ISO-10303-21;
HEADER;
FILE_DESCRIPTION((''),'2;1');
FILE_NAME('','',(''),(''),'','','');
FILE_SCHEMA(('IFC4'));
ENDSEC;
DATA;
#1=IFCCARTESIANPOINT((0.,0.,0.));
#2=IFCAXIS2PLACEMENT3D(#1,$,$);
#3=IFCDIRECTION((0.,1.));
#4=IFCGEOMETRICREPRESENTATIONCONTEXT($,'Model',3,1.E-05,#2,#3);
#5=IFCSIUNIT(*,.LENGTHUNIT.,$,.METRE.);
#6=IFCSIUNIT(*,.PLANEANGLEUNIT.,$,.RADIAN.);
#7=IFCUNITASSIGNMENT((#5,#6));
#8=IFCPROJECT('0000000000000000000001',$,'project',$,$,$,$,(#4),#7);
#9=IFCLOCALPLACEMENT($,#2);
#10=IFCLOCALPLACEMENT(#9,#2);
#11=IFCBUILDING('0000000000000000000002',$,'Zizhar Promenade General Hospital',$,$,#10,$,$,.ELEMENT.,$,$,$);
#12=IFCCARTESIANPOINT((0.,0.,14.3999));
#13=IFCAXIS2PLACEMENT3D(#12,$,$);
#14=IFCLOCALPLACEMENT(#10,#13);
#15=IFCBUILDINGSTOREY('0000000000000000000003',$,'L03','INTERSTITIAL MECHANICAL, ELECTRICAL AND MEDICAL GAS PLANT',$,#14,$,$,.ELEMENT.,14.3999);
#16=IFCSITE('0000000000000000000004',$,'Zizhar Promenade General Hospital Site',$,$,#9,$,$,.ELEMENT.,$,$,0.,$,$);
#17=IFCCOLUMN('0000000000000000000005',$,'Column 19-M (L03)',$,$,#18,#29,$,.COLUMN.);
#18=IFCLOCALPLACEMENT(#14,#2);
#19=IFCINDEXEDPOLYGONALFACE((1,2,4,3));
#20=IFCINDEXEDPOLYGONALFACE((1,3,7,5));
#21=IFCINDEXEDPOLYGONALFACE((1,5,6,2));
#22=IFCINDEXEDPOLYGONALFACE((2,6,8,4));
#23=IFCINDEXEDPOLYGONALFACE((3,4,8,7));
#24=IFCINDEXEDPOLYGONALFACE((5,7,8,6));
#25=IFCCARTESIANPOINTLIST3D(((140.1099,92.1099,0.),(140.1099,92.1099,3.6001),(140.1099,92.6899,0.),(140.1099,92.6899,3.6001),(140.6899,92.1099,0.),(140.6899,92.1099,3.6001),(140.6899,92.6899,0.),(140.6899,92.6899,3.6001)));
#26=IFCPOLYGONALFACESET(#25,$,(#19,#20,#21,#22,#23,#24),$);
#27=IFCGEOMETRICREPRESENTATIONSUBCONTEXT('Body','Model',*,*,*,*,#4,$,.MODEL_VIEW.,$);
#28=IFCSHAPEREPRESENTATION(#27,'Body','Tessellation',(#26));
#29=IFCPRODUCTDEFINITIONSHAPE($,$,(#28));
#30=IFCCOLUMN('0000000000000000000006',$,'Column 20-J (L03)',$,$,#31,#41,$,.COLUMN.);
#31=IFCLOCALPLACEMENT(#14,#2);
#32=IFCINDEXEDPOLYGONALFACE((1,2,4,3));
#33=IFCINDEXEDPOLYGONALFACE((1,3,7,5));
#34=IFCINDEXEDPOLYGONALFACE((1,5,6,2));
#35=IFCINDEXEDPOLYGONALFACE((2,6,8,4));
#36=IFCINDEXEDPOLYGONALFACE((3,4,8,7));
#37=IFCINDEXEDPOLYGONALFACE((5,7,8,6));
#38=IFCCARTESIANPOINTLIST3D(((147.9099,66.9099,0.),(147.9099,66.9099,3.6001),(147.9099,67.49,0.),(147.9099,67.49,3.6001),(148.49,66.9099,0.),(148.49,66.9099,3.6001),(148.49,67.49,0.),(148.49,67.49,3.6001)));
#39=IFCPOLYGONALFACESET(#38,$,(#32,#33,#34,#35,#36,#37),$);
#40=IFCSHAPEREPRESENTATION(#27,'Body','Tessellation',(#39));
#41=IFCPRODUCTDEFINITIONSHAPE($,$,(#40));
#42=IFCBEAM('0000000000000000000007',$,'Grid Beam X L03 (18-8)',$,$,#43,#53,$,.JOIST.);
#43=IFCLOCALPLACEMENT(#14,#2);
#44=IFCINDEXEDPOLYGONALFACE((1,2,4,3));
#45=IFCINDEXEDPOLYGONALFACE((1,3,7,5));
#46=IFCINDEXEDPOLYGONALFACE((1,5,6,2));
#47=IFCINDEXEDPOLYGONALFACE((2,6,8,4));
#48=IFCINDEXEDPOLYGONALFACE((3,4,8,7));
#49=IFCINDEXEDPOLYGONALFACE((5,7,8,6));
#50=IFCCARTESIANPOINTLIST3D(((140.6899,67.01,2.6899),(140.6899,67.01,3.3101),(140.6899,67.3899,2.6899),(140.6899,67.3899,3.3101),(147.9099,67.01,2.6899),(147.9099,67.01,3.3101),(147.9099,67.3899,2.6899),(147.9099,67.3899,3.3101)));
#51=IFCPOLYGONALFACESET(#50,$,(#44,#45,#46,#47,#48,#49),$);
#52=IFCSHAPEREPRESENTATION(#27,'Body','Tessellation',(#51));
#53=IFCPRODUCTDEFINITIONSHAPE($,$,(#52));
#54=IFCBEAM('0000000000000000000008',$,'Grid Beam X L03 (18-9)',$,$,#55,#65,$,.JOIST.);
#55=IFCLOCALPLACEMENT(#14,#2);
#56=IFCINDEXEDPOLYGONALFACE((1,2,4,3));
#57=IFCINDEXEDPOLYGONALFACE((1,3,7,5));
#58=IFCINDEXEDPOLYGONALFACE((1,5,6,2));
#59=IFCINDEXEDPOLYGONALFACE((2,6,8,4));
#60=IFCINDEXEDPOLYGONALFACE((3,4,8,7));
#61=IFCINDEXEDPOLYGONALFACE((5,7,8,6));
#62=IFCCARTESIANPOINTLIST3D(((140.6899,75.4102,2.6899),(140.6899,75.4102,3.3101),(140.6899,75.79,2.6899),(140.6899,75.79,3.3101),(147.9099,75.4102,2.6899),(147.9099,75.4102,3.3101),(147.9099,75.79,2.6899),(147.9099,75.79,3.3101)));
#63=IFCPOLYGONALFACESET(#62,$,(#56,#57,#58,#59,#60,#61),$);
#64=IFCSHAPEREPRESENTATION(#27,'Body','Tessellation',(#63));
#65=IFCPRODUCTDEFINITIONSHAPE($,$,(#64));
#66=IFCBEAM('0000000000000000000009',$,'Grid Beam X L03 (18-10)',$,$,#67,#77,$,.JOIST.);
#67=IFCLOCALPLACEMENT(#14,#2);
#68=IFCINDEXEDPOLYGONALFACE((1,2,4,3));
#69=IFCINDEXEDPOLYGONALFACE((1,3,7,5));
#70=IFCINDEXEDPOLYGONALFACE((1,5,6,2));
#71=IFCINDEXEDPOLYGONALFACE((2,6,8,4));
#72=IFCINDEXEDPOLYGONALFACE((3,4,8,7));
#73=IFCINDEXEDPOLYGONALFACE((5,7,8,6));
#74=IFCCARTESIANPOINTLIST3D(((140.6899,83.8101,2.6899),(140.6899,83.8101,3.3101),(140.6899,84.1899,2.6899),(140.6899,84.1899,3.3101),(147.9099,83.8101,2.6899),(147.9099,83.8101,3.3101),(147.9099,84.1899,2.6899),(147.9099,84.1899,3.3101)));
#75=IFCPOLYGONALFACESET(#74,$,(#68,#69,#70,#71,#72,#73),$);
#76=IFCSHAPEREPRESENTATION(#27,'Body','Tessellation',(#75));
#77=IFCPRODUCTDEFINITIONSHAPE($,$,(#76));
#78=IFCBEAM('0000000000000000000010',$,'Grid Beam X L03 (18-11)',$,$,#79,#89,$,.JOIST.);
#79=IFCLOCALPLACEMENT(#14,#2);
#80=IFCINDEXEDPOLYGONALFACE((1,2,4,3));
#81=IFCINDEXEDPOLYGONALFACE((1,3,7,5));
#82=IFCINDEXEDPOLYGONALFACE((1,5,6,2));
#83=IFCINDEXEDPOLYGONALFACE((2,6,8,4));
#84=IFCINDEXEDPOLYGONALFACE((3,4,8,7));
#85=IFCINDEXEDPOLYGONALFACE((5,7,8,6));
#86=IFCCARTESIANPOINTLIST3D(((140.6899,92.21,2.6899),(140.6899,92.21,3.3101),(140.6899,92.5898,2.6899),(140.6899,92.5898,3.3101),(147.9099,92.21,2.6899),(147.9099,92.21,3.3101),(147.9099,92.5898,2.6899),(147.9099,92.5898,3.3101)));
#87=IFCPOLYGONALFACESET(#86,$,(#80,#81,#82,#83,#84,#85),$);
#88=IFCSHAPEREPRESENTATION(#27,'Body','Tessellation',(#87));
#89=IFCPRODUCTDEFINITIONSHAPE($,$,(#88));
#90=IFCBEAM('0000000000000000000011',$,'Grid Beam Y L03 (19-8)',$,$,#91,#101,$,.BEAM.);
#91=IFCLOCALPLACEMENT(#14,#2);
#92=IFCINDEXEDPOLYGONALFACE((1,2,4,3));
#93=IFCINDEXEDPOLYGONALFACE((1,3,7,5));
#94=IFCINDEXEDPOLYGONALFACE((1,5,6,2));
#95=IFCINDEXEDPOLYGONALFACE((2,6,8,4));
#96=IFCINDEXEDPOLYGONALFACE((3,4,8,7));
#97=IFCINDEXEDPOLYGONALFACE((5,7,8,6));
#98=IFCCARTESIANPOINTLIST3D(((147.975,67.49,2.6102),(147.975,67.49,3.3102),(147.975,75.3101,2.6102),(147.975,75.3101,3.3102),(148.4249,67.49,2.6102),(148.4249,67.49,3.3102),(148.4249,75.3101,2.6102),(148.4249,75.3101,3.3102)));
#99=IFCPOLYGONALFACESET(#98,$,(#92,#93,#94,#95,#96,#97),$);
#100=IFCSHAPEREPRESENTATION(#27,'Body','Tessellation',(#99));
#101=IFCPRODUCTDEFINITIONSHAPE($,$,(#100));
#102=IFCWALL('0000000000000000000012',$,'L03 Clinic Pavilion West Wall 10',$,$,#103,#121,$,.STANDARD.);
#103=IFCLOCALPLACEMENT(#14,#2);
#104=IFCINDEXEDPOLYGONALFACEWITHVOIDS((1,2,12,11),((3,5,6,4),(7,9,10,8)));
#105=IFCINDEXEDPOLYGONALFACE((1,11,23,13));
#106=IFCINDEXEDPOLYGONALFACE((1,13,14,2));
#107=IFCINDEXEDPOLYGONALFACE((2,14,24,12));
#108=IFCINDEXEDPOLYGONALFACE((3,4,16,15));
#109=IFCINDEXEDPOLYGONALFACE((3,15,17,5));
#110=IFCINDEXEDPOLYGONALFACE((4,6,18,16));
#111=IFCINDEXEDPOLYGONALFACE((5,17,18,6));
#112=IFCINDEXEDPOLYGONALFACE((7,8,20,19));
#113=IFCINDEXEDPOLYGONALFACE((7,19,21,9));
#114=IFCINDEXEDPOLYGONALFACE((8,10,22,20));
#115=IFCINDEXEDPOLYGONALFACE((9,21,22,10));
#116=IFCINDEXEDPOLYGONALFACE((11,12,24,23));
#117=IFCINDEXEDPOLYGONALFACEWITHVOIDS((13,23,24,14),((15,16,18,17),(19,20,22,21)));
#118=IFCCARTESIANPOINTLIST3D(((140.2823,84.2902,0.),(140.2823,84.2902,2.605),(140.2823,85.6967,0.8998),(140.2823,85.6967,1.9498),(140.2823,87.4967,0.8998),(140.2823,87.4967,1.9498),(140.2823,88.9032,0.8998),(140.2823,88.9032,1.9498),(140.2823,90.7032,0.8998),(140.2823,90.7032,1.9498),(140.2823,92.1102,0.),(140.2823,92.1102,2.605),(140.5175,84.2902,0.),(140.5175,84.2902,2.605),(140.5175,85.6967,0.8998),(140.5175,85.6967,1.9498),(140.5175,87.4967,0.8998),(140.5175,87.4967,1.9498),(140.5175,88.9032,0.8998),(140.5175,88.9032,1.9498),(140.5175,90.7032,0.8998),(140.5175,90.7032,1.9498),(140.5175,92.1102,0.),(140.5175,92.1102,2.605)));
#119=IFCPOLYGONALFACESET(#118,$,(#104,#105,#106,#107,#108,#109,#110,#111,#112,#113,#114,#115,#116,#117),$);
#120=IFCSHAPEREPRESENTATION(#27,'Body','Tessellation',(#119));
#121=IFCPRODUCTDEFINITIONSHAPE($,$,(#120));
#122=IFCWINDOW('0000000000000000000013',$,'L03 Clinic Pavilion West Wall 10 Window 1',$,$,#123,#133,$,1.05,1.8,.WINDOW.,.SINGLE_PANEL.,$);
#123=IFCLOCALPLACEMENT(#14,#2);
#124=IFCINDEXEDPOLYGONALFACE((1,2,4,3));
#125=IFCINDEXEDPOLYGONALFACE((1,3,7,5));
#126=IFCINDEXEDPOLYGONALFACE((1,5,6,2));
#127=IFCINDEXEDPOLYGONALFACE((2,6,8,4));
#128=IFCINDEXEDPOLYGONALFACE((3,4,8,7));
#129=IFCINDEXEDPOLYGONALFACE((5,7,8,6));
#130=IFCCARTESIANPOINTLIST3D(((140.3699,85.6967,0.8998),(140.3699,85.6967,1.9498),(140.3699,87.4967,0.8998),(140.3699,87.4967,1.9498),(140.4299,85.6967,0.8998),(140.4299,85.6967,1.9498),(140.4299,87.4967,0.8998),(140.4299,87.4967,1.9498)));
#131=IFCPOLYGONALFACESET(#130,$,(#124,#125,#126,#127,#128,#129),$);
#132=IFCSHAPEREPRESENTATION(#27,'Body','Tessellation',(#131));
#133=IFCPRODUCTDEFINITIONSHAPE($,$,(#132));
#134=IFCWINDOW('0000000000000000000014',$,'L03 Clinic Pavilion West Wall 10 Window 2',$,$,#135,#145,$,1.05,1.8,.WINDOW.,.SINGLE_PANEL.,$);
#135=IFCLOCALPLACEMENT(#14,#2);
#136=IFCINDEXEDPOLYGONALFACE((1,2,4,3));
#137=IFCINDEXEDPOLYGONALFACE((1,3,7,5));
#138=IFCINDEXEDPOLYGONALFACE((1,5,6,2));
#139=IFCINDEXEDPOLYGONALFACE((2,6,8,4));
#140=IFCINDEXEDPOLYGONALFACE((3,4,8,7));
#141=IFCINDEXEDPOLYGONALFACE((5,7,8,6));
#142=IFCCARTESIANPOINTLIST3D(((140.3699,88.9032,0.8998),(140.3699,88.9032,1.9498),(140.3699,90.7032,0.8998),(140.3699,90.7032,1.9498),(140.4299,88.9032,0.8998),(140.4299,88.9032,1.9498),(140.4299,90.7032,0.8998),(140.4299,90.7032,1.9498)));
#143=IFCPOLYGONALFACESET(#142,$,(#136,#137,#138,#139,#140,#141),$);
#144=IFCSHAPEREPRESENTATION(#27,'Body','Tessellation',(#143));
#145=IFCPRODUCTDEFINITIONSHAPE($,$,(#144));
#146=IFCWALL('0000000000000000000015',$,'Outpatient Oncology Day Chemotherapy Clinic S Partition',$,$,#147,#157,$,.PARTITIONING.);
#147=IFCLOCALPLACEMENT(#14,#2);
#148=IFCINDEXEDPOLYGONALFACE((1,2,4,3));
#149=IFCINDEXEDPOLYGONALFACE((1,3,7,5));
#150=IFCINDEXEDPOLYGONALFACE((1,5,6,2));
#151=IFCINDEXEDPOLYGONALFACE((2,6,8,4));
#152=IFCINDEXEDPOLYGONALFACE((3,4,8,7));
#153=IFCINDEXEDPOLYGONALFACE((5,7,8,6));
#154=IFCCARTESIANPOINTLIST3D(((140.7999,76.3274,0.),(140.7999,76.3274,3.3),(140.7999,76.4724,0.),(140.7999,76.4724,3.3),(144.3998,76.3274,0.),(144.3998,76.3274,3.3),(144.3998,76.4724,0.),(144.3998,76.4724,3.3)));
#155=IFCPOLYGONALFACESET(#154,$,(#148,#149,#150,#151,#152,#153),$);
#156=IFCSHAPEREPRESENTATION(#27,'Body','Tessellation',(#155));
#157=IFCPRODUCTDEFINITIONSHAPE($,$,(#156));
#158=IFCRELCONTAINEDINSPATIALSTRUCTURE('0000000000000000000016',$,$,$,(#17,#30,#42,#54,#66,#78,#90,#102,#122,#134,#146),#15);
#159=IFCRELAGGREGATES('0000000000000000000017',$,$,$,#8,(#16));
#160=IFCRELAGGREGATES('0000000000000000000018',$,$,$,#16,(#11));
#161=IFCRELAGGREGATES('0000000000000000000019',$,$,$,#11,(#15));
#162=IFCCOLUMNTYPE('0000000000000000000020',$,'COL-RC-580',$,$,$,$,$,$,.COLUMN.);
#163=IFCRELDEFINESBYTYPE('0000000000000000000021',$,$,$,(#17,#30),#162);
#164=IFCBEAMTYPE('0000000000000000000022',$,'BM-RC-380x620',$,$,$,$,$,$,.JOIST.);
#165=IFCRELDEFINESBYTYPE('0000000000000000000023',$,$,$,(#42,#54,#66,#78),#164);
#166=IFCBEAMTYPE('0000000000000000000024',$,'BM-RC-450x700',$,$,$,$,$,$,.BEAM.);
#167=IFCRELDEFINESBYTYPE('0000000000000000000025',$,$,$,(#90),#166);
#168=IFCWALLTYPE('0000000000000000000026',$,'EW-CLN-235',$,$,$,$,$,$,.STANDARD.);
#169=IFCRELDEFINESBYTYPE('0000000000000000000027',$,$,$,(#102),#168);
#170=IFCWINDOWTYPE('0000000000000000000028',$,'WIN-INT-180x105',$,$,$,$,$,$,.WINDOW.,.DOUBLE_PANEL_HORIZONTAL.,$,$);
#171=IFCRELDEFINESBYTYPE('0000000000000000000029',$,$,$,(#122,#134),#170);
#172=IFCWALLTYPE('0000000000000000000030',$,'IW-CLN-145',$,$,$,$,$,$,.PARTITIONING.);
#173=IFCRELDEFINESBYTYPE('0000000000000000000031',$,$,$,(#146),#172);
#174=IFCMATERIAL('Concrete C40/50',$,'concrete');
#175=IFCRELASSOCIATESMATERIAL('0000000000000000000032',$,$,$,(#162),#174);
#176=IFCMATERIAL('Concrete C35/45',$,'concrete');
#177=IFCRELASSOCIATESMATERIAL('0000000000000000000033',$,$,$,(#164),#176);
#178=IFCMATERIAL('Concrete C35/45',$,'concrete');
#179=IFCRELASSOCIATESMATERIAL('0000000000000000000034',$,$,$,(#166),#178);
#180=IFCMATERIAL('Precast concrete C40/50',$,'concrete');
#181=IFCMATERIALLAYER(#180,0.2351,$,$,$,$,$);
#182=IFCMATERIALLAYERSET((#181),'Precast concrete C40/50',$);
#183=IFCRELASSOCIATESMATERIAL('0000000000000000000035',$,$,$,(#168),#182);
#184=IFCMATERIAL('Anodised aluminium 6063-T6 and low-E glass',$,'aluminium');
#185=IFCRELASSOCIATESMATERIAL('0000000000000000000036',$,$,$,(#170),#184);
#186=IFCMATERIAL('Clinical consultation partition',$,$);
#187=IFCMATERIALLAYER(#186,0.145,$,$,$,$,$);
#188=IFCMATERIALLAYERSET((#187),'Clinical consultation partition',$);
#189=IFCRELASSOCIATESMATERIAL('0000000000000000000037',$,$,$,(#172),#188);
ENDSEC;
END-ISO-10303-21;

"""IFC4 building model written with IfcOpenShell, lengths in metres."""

from ifc_helpers import new_model, si_unit, direction, frame, frame_2d, origin, origin_2d, place, context, subcontext, project, spatial, rectangle, extrude, material, layer, layer_set, material_profile, profile_set, type_object, element, fill, save


model = new_model("IFC4")

# Units and contexts
model_context = context("Model", 3, precision=1e-05, world=origin(), true_north=direction((0.0, 1.0)))
body_context = subcontext(model_context, "Body", "Model", "MODEL_VIEW")
ifc_project = project(units=[si_unit("LENGTHUNIT", "METRE"), si_unit("PLANEANGLEUNIT", "RADIAN")], contexts=[model_context])

# Site, building, storey
site_placement = place(None, origin())
site = spatial("IfcSite", under=ifc_project, at=site_placement, Name="Zizhar Promenade General Hospital Site", CompositionType="ELEMENT", RefElevation=0.0)
building_placement = place(site_placement, origin())
building = spatial("IfcBuilding", under=site, at=building_placement, Name="Zizhar Promenade General Hospital", CompositionType="ELEMENT")
storey_placement = place(building_placement, frame((0.0, 0.0, 14.3999)))
storey = spatial("IfcBuildingStorey", under=building, at=storey_placement, Name="L03", Description="INTERSTITIAL MECHANICAL, ELECTRICAL AND MEDICAL GAS PLANT", CompositionType="ELEMENT", Elevation=14.3999)

# Columns
ifc_material_1 = material(Name="Concrete C40/50", Category="concrete")
ifc_material_profile_1 = material_profile(ifc_material_1, rectangle(XDim=0.5801, YDim=0.5801, at=origin_2d()))
ifc_profile_set_1 = profile_set([ifc_material_profile_1], Name="Concrete C40/50")
column_type = type_object("IfcColumnType", Name="COL-RC-580", PredefinedType="COLUMN", material=ifc_profile_set_1)
for number, where, z_axis, x_axis, name in (
    (1, (140.3999, 92.3999, 0.0), (0.0, 0.0, 1.0), (1.0, 0.0, 0.0), "Column 19-M (L03)"),
    (2, (148.2, 67.2, 0.0), (0.0, 0.0, 1.0), (1.0, 0.0, 0.0), "Column 20-J (L03)"),
):
    element("IfcColumn", number, at=place(storey_placement, frame(where, z_axis=z_axis, x_axis=x_axis)), inside=storey, type_object=column_type, Name=name, PredefinedType="COLUMN", context=body_context, shape_type="SweptSolid", body=[
        extrude(rectangle(XDim=0.5801, YDim=0.5801, at=origin_2d()), origin(), (0.0, 0.0, 1.0), 3.6001),
    ])

# Beams
ifc_material_2 = material(Name="Concrete C35/45", Category="concrete")
ifc_material_profile_2 = material_profile(ifc_material_2, rectangle(XDim=0.3799, YDim=0.6201, at=origin_2d()))
ifc_profile_set_2 = profile_set([ifc_material_profile_2], Name="Concrete C35/45")
beam_type_1 = type_object("IfcBeamType", Name="BM-RC-380x620", PredefinedType="JOIST", material=ifc_profile_set_2)
for number, where, z_axis, x_axis, name in (
    (3, (140.6899, 67.2, 3.0), (1.0, 0.0, 0.0), (0.0, 1.0, 0.0), "Grid Beam X L03 (18-8)"),
    (4, (140.6899, 75.6001, 3.0), (1.0, 0.0, 0.0), (0.0, 1.0, 0.0), "Grid Beam X L03 (18-9)"),
    (5, (140.6899, 84.0, 3.0), (1.0, 0.0, 0.0), (0.0, 1.0, 0.0), "Grid Beam X L03 (18-10)"),
    (6, (140.6899, 92.3999, 3.0), (1.0, 0.0, 0.0), (0.0, 1.0, 0.0), "Grid Beam X L03 (18-11)"),
):
    element("IfcBeam", number, at=place(storey_placement, frame(where, z_axis=z_axis, x_axis=x_axis)), inside=storey, type_object=beam_type_1, Name=name, PredefinedType="JOIST", context=body_context, shape_type="SweptSolid", body=[
        extrude(rectangle(XDim=0.3799, YDim=0.6201, at=origin_2d()), origin(), (0.0, 0.0, 1.0), 7.22),
    ])
ifc_material_3 = material(Name="Concrete C35/45", Category="concrete")
ifc_material_profile_3 = material_profile(ifc_material_3, rectangle(XDim=0.45, YDim=0.7, at=origin_2d()))
ifc_profile_set_3 = profile_set([ifc_material_profile_3], Name="Concrete C35/45")
beam_type_2 = type_object("IfcBeamType", Name="BM-RC-450x700", PredefinedType="BEAM", material=ifc_profile_set_3)
beam_placement = place(storey_placement, frame((148.2, 67.49, 2.9602), z_axis=(0.0, 1.0, 0.0), x_axis=(-1.0, 0.0, 0.0)))
element("IfcBeam", 7, at=beam_placement, inside=storey, type_object=beam_type_2, Name="Grid Beam Y L03 (19-8)", PredefinedType="BEAM", context=body_context, shape_type="SweptSolid", body=[
    extrude(rectangle(XDim=0.45, YDim=0.7, at=origin_2d()), origin(), (0.0, 0.0, 1.0), 7.8201),
])

# Wall, openings, windows
ifc_material_4 = material(Name="Precast concrete C40/50", Category="concrete")
ifc_layer_1 = layer(ifc_material_4, 0.2351)
ifc_layer_set_1 = layer_set([ifc_layer_1], Name="Precast concrete C40/50")
wall_type_1 = type_object("IfcWallType", Name="EW-CLN-235", PredefinedType="STANDARD", material=ifc_layer_set_1)
wall_1_placement = place(storey_placement, frame((140.3999, 84.29, 0.0), z_axis=(0.0, 0.0, 1.0), x_axis=(0.0, 1.0, 0.0)))
wall_1 = element("IfcWall", 8, at=wall_1_placement, inside=storey, type_object=wall_type_1, Name="L03 Clinic Pavilion West Wall 10", PredefinedType="STANDARD", context=body_context, shape_type="SweptSolid", body=[
    extrude(rectangle(XDim=7.8201, YDim=0.2351, at=frame_2d((3.9102, 0.0))), origin(), (0.0, 0.0, 1.0), 2.605),
])
opening_1_placement = place(wall_1_placement, frame((1.4067, 0.0, 0.8999)))
opening_1 = element("IfcOpeningElement", 9, at=opening_1_placement, cuts=wall_1, PredefinedType="OPENING", context=body_context, shape_type="SweptSolid", body=[
    extrude(rectangle(XDim=1.8, YDim=1.05, at=frame_2d((0.8999, 0.5249))), frame((0.0, 0.1274, 0.0), z_axis=(0.0, -1.0, 0.0), x_axis=(1.0, 0.0, 0.0)), (0.0, 0.0, 1.0), 0.2551),
])
opening_2_placement = place(wall_1_placement, frame((4.6133, 0.0, 0.8999)))
opening_2 = element("IfcOpeningElement", 10, at=opening_2_placement, cuts=wall_1, PredefinedType="OPENING", context=body_context, shape_type="SweptSolid", body=[
    extrude(rectangle(XDim=1.8, YDim=1.05, at=frame_2d((0.8999, 0.5249))), frame((0.0, 0.1274, 0.0), z_axis=(0.0, -1.0, 0.0), x_axis=(1.0, 0.0, 0.0)), (0.0, 0.0, 1.0), 0.2551),
])
ifc_material_5 = material(Name="Anodised aluminium 6063-T6 and low-E glass", Category="aluminium")
window_type = type_object("IfcWindowType", Name="WIN-INT-180x105", PartitioningType="DOUBLE_PANEL_HORIZONTAL", PredefinedType="WINDOW", material=ifc_material_5)
window_1_placement = place(opening_1_placement, origin())
window_1 = element("IfcWindow", 11, at=window_1_placement, inside=storey, type_object=window_type, Name="L03 Clinic Pavilion West Wall 10 Window 1", OverallHeight=1.05, OverallWidth=1.8, PartitioningType="SINGLE_PANEL", PredefinedType="WINDOW", context=body_context, shape_type="SweptSolid", body=[
    extrude(rectangle(XDim=1.8, YDim=1.05, at=frame_2d((0.8999, 0.5249))), frame((0.0, 0.03, 0.0), z_axis=(0.0, -1.0, 0.0), x_axis=(1.0, 0.0, 0.0)), (0.0, 0.0, 1.0), 0.0601),
])
fill(opening_1, window_1)
window_2_placement = place(opening_2_placement, origin())
window_2 = element("IfcWindow", 12, at=window_2_placement, inside=storey, type_object=window_type, Name="L03 Clinic Pavilion West Wall 10 Window 2", OverallHeight=1.05, OverallWidth=1.8, PartitioningType="SINGLE_PANEL", PredefinedType="WINDOW", context=body_context, shape_type="SweptSolid", body=[
    extrude(rectangle(XDim=1.8, YDim=1.05, at=frame_2d((0.8999, 0.5249))), frame((0.0, 0.03, 0.0), z_axis=(0.0, -1.0, 0.0), x_axis=(1.0, 0.0, 0.0)), (0.0, 0.0, 1.0), 0.0601),
])
fill(opening_2, window_2)

# Wall
ifc_material_6 = material(Name="Clinical consultation partition")
ifc_layer_2 = layer(ifc_material_6, 0.145)
ifc_layer_set_2 = layer_set([ifc_layer_2], Name="Clinical consultation partition")
wall_type_2 = type_object("IfcWallType", Name="IW-CLN-145", PredefinedType="PARTITIONING", material=ifc_layer_set_2)
wall_2_placement = place(storey_placement, frame((140.8, 76.3999, 0.0), z_axis=(0.0, 0.0, 1.0), x_axis=(1.0, 0.0, 0.0)))
element("IfcWall", 13, at=wall_2_placement, inside=storey, type_object=wall_type_2, Name="Outpatient Oncology Day Chemotherapy Clinic S Partition", PredefinedType="PARTITIONING", context=body_context, shape_type="SweptSolid", body=[
    extrude(rectangle(XDim=3.5999, YDim=0.145, at=frame_2d((1.7998, 0.0))), origin(), (0.0, 0.0, 1.0), 3.3),
])

save(model, "model.ifc")
